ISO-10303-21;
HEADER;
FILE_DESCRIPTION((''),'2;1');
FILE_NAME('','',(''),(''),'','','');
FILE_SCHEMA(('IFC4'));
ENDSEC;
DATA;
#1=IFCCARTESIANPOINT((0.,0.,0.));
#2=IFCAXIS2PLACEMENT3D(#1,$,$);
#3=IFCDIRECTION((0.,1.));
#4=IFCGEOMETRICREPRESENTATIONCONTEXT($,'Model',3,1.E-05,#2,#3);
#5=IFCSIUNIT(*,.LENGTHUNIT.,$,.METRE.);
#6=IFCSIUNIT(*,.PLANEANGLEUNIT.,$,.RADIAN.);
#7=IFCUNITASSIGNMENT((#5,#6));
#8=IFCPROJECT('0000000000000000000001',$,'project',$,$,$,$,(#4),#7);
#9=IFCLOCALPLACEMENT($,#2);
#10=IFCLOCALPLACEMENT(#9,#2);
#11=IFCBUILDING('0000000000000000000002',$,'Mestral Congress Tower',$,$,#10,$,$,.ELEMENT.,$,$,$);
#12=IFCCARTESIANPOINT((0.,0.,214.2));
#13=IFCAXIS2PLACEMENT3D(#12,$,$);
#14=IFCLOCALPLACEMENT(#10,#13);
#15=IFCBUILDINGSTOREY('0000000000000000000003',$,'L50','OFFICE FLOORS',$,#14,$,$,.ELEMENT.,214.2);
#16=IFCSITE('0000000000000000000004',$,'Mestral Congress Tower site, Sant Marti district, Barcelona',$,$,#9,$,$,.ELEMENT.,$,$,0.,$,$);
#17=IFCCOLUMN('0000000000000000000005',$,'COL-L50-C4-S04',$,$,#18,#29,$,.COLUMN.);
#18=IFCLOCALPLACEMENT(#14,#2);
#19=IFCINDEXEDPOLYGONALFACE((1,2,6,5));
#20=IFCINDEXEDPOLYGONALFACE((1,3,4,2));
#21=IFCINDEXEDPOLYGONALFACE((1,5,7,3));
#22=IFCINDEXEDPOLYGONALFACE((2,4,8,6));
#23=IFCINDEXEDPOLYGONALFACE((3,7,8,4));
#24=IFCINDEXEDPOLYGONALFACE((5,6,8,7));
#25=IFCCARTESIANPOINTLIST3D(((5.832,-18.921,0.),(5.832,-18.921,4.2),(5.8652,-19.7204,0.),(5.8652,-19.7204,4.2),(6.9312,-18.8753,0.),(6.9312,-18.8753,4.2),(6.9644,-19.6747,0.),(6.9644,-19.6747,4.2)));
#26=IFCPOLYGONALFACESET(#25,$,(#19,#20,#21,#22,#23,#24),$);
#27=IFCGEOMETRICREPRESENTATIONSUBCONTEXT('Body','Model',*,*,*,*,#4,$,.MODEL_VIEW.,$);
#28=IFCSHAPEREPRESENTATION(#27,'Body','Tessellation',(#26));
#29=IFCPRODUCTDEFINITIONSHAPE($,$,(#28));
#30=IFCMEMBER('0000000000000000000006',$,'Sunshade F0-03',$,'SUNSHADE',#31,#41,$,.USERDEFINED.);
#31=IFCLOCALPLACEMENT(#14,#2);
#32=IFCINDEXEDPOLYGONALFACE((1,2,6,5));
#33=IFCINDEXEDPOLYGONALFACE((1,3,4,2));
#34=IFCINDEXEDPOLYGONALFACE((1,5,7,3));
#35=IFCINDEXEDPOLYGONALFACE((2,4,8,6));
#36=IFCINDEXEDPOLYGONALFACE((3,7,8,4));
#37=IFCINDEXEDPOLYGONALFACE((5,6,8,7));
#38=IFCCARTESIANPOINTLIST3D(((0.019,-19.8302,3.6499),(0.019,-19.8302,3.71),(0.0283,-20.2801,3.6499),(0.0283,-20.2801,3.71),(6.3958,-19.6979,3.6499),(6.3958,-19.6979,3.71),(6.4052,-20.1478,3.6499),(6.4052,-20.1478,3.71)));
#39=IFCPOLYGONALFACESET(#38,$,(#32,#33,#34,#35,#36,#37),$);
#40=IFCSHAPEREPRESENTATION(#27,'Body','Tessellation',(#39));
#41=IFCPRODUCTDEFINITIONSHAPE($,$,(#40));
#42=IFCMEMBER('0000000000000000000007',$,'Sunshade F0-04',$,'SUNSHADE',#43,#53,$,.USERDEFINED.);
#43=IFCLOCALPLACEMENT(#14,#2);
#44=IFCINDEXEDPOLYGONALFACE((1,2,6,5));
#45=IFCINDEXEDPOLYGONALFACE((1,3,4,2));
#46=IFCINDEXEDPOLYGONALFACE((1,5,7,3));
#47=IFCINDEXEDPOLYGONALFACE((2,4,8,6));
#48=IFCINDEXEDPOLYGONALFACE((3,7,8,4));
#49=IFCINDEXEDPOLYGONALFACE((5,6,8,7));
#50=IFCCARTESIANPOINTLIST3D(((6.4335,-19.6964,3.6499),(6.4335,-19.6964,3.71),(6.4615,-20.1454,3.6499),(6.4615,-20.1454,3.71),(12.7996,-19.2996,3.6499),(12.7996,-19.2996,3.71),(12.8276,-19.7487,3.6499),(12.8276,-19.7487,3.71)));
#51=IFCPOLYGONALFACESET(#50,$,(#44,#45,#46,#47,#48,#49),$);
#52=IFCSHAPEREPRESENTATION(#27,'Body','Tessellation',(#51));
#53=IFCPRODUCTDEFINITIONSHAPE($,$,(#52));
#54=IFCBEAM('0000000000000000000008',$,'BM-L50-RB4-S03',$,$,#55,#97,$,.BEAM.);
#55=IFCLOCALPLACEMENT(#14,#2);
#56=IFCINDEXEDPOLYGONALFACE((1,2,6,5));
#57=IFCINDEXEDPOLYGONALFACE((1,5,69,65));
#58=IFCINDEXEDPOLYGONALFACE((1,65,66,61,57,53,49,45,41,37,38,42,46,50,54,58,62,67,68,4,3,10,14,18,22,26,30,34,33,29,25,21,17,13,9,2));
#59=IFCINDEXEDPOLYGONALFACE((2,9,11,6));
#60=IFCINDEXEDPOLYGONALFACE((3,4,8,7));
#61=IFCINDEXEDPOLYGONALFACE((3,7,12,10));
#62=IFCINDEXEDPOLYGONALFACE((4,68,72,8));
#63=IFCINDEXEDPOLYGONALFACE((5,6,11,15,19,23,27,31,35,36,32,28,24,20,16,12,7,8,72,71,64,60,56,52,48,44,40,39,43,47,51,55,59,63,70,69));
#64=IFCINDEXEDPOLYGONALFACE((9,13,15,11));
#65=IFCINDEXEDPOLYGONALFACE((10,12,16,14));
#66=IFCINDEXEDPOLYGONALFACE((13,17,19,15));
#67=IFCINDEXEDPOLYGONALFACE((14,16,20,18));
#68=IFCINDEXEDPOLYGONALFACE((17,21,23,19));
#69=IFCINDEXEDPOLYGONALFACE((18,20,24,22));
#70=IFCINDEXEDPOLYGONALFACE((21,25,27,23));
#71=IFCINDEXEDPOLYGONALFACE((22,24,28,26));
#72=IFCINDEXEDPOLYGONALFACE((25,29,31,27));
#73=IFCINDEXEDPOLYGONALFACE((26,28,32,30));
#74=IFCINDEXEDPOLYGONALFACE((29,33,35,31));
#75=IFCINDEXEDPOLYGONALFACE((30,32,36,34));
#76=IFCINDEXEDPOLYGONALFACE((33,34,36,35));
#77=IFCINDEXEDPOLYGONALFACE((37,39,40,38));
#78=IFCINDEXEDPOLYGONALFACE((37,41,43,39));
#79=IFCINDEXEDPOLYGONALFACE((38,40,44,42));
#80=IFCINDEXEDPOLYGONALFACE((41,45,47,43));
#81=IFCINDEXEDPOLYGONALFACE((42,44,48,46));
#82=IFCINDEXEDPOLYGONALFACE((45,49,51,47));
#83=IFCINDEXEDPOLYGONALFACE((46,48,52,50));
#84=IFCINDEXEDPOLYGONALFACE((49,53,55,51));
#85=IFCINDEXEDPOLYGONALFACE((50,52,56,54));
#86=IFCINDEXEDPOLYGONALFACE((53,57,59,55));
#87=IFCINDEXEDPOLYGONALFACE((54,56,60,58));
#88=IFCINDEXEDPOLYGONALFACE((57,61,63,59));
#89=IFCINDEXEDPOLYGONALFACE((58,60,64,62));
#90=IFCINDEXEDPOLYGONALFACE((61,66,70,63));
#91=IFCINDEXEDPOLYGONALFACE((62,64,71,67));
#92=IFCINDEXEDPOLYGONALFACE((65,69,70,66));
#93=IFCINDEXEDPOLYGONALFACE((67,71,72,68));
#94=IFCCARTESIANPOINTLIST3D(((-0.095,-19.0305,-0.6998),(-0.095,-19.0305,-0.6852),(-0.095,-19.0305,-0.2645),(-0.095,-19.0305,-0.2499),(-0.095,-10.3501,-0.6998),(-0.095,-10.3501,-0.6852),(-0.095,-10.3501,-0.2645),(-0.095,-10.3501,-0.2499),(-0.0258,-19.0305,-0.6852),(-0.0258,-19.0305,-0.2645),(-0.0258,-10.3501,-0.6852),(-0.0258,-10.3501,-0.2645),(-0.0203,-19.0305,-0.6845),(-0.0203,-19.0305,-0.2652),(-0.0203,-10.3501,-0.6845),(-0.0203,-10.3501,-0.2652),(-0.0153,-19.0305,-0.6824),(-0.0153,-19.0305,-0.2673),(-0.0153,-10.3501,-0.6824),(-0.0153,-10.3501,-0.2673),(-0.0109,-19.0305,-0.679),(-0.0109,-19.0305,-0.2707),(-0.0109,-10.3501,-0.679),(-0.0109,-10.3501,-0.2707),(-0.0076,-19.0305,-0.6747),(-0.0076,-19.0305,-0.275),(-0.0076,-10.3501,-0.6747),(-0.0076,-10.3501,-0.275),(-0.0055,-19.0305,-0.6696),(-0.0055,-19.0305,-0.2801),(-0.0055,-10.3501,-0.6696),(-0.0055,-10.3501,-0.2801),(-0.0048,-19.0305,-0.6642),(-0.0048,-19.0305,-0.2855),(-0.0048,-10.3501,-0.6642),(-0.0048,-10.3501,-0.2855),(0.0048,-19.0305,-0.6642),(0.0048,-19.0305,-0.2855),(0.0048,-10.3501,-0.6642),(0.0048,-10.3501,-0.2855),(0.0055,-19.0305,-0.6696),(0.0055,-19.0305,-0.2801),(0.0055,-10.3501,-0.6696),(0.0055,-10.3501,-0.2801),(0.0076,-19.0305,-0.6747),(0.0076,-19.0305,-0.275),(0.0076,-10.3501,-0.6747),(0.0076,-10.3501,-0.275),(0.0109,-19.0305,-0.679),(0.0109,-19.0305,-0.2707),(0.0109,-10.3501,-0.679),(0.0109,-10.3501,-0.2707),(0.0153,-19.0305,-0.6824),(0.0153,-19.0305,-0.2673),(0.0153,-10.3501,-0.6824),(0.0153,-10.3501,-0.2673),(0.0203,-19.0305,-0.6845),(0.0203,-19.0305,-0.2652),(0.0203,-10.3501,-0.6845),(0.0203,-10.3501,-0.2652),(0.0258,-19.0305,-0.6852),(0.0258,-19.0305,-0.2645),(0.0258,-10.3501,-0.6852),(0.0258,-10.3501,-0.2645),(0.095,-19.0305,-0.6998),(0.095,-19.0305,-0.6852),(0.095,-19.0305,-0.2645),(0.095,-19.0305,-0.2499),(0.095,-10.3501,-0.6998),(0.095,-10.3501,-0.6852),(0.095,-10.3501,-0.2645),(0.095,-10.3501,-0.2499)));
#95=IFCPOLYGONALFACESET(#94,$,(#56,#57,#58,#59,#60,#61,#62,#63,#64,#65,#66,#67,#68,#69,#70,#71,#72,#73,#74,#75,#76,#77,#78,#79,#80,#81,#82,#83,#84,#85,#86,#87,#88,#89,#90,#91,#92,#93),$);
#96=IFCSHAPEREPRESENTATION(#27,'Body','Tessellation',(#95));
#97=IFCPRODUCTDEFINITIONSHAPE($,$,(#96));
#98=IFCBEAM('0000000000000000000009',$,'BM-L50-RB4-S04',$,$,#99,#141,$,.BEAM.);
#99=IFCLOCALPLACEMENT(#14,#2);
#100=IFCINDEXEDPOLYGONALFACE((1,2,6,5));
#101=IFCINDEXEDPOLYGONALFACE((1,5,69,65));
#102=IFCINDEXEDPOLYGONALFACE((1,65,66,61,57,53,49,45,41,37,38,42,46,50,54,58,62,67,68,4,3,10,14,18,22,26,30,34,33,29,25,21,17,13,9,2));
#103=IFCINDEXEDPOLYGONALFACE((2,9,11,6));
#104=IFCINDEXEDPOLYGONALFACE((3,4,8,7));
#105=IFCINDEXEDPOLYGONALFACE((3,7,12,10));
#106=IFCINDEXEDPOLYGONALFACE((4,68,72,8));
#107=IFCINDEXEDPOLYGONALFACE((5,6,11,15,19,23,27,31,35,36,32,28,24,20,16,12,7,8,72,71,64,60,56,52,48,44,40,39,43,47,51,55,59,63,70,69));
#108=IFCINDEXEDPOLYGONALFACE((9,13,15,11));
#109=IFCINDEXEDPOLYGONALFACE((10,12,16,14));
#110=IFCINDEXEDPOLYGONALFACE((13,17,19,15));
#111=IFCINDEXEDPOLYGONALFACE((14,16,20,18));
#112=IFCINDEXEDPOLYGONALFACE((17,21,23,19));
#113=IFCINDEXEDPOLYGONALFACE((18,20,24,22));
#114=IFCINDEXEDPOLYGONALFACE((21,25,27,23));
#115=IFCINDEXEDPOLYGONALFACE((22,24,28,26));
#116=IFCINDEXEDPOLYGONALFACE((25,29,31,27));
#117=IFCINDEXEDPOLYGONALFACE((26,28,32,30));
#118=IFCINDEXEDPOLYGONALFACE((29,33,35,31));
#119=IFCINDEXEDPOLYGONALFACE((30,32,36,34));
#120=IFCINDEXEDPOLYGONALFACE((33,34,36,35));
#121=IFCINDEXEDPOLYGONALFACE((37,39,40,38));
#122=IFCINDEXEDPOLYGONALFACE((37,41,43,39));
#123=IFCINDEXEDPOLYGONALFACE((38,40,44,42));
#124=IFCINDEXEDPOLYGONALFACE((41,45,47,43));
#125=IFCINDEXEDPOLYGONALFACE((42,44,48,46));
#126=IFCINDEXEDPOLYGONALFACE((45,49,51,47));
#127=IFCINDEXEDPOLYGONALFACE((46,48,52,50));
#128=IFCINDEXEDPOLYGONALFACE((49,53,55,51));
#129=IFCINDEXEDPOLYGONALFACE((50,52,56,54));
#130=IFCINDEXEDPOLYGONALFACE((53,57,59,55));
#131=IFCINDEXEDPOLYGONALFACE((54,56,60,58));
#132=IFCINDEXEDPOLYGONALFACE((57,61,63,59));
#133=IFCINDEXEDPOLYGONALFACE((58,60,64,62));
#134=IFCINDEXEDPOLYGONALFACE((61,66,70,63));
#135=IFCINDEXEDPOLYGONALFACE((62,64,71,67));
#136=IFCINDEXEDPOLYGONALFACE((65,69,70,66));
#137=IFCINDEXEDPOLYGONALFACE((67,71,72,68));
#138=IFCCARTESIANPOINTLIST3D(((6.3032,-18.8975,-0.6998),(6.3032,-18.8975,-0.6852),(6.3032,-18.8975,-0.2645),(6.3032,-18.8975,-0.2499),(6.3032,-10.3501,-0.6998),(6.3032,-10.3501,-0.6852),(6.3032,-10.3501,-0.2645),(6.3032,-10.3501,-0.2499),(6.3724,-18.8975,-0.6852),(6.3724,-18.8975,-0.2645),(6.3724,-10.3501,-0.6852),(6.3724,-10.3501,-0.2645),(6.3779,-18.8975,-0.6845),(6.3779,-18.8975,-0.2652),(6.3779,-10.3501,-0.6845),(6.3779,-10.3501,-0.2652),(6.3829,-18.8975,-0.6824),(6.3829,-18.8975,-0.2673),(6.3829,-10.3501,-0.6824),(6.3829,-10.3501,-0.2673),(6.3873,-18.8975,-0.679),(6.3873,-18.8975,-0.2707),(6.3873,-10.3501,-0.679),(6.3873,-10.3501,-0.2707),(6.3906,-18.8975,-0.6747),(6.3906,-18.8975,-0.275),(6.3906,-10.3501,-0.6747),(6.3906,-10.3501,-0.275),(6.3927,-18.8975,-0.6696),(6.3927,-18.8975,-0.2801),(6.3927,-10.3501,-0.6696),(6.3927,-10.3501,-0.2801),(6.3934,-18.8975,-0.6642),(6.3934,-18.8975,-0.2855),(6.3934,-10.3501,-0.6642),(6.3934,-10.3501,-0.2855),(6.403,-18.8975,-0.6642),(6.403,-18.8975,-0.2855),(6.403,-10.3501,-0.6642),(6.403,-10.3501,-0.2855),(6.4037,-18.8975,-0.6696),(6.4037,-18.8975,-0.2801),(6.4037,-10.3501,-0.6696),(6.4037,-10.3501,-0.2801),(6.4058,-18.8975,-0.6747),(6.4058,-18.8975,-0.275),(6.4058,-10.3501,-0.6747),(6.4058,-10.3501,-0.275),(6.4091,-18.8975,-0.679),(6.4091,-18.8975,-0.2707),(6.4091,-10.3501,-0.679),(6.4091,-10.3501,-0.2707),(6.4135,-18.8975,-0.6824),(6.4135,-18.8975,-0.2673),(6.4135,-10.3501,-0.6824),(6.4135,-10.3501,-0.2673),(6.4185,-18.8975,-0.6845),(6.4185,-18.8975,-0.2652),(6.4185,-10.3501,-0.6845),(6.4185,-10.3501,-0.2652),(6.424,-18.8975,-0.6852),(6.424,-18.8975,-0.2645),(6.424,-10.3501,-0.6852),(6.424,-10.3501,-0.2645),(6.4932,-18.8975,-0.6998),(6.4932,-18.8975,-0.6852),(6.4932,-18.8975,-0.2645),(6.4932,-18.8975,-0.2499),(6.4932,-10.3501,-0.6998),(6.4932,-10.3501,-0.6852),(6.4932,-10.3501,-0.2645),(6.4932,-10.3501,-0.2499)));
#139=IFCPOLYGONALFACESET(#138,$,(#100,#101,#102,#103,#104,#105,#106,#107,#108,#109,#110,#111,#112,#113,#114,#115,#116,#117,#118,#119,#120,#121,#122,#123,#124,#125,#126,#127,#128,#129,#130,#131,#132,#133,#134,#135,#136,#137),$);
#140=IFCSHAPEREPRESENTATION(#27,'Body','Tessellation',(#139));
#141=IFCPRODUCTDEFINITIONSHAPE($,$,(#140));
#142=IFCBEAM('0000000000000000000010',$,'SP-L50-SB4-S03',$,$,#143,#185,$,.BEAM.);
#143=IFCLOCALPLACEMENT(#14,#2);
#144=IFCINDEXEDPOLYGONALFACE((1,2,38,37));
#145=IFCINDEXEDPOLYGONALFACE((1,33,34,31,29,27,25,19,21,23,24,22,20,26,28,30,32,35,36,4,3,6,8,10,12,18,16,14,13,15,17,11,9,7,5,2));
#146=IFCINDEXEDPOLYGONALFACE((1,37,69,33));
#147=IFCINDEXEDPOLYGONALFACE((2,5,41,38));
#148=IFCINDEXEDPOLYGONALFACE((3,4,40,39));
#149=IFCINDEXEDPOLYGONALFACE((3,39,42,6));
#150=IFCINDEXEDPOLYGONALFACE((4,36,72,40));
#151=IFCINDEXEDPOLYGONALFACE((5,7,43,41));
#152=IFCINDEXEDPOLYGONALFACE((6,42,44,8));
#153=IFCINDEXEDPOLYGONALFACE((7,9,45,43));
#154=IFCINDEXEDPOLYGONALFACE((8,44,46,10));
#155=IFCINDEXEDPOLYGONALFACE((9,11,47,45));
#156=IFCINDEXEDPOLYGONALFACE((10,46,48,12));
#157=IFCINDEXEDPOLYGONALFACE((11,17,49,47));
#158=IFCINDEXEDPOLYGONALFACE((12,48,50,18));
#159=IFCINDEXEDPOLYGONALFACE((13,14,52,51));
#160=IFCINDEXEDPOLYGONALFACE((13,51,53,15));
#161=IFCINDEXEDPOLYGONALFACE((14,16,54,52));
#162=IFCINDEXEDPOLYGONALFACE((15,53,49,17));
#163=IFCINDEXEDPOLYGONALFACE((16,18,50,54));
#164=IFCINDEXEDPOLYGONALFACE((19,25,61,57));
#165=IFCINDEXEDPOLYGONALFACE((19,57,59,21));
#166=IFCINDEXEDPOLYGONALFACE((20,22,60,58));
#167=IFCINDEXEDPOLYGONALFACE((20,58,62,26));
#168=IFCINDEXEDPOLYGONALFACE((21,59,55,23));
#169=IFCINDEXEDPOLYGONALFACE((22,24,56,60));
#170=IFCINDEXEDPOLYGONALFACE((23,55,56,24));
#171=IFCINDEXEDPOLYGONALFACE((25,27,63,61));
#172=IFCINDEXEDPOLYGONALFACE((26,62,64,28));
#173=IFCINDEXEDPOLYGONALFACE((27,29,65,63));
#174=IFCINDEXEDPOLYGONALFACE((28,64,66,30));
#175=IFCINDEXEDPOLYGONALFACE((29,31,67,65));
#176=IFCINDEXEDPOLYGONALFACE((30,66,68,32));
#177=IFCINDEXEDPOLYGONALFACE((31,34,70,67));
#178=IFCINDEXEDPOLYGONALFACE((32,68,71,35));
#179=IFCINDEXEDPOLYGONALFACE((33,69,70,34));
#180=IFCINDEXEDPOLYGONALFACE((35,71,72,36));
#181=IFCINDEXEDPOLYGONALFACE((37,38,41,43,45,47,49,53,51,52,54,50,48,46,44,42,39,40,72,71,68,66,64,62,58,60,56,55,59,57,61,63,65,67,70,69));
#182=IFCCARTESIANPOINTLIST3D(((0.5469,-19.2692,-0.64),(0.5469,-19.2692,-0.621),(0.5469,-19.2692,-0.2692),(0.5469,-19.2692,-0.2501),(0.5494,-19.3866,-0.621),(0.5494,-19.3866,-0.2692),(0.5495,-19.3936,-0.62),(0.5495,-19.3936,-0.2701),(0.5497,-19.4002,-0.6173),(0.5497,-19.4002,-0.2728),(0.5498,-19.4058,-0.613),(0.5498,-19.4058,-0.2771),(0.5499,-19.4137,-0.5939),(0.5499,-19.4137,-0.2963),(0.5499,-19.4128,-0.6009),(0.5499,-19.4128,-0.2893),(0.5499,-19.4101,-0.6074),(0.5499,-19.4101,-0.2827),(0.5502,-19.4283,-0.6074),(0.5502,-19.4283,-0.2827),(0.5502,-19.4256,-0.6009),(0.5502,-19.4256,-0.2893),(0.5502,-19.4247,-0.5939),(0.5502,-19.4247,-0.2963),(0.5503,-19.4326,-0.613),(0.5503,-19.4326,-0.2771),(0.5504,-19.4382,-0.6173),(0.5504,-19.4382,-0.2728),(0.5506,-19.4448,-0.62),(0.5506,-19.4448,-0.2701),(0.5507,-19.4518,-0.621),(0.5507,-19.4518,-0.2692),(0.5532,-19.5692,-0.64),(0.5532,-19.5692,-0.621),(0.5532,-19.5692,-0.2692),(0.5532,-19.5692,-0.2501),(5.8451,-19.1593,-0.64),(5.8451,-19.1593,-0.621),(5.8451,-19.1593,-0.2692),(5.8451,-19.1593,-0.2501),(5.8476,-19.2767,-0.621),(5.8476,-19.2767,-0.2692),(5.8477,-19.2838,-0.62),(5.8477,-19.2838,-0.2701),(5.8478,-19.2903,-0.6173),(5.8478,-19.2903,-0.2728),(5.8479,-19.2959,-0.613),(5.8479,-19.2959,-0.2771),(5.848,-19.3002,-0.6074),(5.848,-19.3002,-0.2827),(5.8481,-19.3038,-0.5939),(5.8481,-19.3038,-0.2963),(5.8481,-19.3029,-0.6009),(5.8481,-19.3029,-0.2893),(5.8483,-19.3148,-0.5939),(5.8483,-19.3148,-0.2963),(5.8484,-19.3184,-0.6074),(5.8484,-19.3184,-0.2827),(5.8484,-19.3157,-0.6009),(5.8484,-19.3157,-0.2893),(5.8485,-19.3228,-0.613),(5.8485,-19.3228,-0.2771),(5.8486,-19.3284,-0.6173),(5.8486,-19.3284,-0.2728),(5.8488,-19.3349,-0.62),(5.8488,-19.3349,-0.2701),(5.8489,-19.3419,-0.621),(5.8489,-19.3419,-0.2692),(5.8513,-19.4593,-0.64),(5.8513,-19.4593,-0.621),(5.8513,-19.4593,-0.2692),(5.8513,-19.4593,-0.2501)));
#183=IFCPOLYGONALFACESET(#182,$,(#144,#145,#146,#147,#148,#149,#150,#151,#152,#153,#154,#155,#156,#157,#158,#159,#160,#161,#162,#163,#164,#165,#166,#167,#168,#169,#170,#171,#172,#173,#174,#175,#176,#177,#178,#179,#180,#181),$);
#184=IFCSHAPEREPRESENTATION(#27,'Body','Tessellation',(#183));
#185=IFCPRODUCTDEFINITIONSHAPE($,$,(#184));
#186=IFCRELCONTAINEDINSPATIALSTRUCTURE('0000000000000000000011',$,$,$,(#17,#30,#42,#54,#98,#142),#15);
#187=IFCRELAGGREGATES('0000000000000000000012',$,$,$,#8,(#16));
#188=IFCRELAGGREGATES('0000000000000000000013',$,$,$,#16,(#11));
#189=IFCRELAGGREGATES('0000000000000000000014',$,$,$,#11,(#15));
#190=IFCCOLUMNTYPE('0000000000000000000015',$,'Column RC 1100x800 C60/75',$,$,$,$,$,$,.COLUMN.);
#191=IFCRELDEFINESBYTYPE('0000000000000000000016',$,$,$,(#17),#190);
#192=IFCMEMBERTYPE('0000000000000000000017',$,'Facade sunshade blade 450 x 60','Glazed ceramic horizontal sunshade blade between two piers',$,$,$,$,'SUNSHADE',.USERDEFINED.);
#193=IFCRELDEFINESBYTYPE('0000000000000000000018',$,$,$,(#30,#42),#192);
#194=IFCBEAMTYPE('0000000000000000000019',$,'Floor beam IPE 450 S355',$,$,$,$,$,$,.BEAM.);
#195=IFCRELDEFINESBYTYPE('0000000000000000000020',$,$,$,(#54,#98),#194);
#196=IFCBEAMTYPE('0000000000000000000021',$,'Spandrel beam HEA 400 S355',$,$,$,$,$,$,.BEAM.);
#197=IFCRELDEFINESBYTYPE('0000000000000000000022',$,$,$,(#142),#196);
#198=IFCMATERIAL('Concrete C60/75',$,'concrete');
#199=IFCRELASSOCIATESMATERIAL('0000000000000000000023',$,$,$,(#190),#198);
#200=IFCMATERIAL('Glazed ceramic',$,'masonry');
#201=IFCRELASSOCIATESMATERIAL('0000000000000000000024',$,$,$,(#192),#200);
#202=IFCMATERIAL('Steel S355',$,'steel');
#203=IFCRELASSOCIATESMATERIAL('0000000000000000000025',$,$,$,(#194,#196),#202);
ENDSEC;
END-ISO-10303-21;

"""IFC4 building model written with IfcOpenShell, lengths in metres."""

from ifc_helpers import new_model, si_unit, direction, frame, origin, origin_2d, place, context, subcontext, project, spatial, rectangle, i_section, extrude, material, material_profile, profile_set, type_object, element, save


model = new_model("IFC4")

# Units and contexts
model_context = context("Model", 3, precision=1e-05, world=origin(), true_north=direction((0.0, 1.0)))
body_context = subcontext(model_context, "Body", "Model", "MODEL_VIEW")
ifc_project = project(units=[si_unit("LENGTHUNIT", "METRE"), si_unit("PLANEANGLEUNIT", "RADIAN")], contexts=[model_context])

# Site, building, storey
site_placement = place(None, origin())
site = spatial("IfcSite", under=ifc_project, at=site_placement, Name="Mestral Congress Tower site, Sant Marti district, Barcelona", CompositionType="ELEMENT", RefElevation=0.0)
building_placement = place(site_placement, origin())
building = spatial("IfcBuilding", under=site, at=building_placement, Name="Mestral Congress Tower", CompositionType="ELEMENT")
storey_placement = place(building_placement, frame((0.0, 0.0, 214.2)))
storey = spatial("IfcBuildingStorey", under=building, at=storey_placement, Name="L50", Description="OFFICE FLOORS", CompositionType="ELEMENT", Elevation=214.2)

# Column
ifc_material_1 = material(Name="Concrete C60/75", Category="concrete")
ifc_material_profile_1 = material_profile(ifc_material_1, rectangle(XDim=1.1001, YDim=0.8, at=origin_2d()), Name="RC 1100x800")
ifc_profile_set_1 = profile_set([ifc_material_profile_1], Name="Concrete C60/75")
column_type = type_object("IfcColumnType", Name="Column RC 1100x800 C60/75", PredefinedType="COLUMN", material=ifc_profile_set_1)
column_placement = place(storey_placement, frame((6.3982, -19.2979, 0.0), z_axis=(0.0, 0.0, 1.0), x_axis=(0.999139, 0.041492, 0.0)))
element("IfcColumn", 1, at=column_placement, inside=storey, type_object=column_type, Name="COL-L50-C4-S04", PredefinedType="COLUMN", context=body_context, shape_type="SweptSolid", body=[
    extrude(rectangle(XDim=1.1001, YDim=0.8, at=origin_2d()), origin(), (0.0, 0.0, 1.0), 4.2),
])

# Members
ifc_material_2 = material(Name="Glazed ceramic", Category="masonry")
ifc_material_profile_2 = material_profile(ifc_material_2, rectangle(XDim=0.45, YDim=0.0601, at=origin_2d()), Name="Ceramic blade 450 x 60")
ifc_profile_set_2 = profile_set([ifc_material_profile_2], Name="Glazed ceramic")
member_type = type_object("IfcMemberType", Name="Facade sunshade blade 450 x 60", Description="Glazed ceramic horizontal sunshade blade between two piers", ElementType="SUNSHADE", PredefinedType="USERDEFINED", material=ifc_profile_set_2)
member_1_placement = place(storey_placement, frame((0.0237, -20.0552, 3.6799), z_axis=(0.999785, 0.020747, 0.0), x_axis=(-0.020747, 0.999785, 0.0)))
element("IfcMember", 2, at=member_1_placement, inside=storey, type_object=member_type, Name="Sunshade F0-03", ObjectType="SUNSHADE", PredefinedType="USERDEFINED", context=body_context, shape_type="SweptSolid", body=[
    extrude(rectangle(XDim=0.45, YDim=0.0601, at=origin_2d()), origin(), (0.0, 0.0, 1.0), 6.3782),
])
member_2_placement = place(storey_placement, frame((6.4475, -19.9209, 3.6799), z_axis=(0.998064, 0.0622, 0.0), x_axis=(-0.0622, 0.998064, 0.0)))
element("IfcMember", 3, at=member_2_placement, inside=storey, type_object=member_type, Name="Sunshade F0-04", ObjectType="SUNSHADE", PredefinedType="USERDEFINED", context=body_context, shape_type="SweptSolid", body=[
    extrude(rectangle(XDim=0.45, YDim=0.0601, at=origin_2d()), origin(), (0.0, 0.0, 1.0), 6.3784),
])

# Beams
ifc_material_3 = material(Name="Steel S355", Category="steel")
ifc_material_profile_3 = material_profile(ifc_material_3, i_section(OverallWidth=0.1899, OverallDepth=0.45, WebThickness=0.0095, FlangeThickness=0.0146, FilletRadius=0.021, at=origin_2d()), Name="IPE 450")
ifc_profile_set_3 = profile_set([ifc_material_profile_3], Name="Steel S355")
beam_type_1 = type_object("IfcBeamType", Name="Floor beam IPE 450 S355", PredefinedType="BEAM", material=ifc_profile_set_3)
beam_1_placement = place(storey_placement, frame((0.0, -19.0305, -0.4749), z_axis=(0.0, 1.0, 0.0), x_axis=(-1.0, 0.0, 0.0)))
element("IfcBeam", 4, at=beam_1_placement, inside=storey, type_object=beam_type_1, Name="BM-L50-RB4-S03", PredefinedType="BEAM", context=body_context, shape_type="SweptSolid", body=[
    extrude(i_section(OverallWidth=0.1899, OverallDepth=0.45, WebThickness=0.0095, FlangeThickness=0.0146, FilletRadius=0.021, at=origin_2d()), origin(), (0.0, 0.0, 1.0), 8.6804),
])
beam_2_placement = place(storey_placement, frame((6.3982, -18.8975, -0.4749), z_axis=(0.0, 1.0, 0.0), x_axis=(-1.0, 0.0, 0.0)))
element("IfcBeam", 5, at=beam_2_placement, inside=storey, type_object=beam_type_1, Name="BM-L50-RB4-S04", PredefinedType="BEAM", context=body_context, shape_type="SweptSolid", body=[
    extrude(i_section(OverallWidth=0.1899, OverallDepth=0.45, WebThickness=0.0095, FlangeThickness=0.0146, FilletRadius=0.021, at=origin_2d()), origin(), (0.0, 0.0, 1.0), 8.5474),
])
ifc_material_profile_4 = material_profile(ifc_material_3, i_section(OverallWidth=0.3, OverallDepth=0.3899, WebThickness=0.011, FlangeThickness=0.019, FilletRadius=0.0271, at=origin_2d()), Name="HEA 400")
ifc_profile_set_4 = profile_set([ifc_material_profile_4], Name="Steel S355")
beam_type_2 = type_object("IfcBeamType", Name="Spandrel beam HEA 400 S355", PredefinedType="BEAM", material=ifc_profile_set_4)
for number, where, z_axis, x_axis, name in (
    (6, (0.55, -19.4192, -0.4451), (0.999785, 0.020732, 0.0), (-0.020732, 0.999785, 0.0), "SP-L50-SB4-S03"),
):
    element("IfcBeam", number, at=place(storey_placement, frame(where, z_axis=z_axis, x_axis=x_axis)), inside=storey, type_object=beam_type_2, Name=name, PredefinedType="BEAM", context=body_context, shape_type="SweptSolid", body=[
        extrude(i_section(OverallWidth=0.3, OverallDepth=0.3899, WebThickness=0.011, FlangeThickness=0.019, FilletRadius=0.0271, at=origin_2d()), origin(), (0.0, 0.0, 1.0), 5.2993),
    ])

save(model, "model.ifc")
